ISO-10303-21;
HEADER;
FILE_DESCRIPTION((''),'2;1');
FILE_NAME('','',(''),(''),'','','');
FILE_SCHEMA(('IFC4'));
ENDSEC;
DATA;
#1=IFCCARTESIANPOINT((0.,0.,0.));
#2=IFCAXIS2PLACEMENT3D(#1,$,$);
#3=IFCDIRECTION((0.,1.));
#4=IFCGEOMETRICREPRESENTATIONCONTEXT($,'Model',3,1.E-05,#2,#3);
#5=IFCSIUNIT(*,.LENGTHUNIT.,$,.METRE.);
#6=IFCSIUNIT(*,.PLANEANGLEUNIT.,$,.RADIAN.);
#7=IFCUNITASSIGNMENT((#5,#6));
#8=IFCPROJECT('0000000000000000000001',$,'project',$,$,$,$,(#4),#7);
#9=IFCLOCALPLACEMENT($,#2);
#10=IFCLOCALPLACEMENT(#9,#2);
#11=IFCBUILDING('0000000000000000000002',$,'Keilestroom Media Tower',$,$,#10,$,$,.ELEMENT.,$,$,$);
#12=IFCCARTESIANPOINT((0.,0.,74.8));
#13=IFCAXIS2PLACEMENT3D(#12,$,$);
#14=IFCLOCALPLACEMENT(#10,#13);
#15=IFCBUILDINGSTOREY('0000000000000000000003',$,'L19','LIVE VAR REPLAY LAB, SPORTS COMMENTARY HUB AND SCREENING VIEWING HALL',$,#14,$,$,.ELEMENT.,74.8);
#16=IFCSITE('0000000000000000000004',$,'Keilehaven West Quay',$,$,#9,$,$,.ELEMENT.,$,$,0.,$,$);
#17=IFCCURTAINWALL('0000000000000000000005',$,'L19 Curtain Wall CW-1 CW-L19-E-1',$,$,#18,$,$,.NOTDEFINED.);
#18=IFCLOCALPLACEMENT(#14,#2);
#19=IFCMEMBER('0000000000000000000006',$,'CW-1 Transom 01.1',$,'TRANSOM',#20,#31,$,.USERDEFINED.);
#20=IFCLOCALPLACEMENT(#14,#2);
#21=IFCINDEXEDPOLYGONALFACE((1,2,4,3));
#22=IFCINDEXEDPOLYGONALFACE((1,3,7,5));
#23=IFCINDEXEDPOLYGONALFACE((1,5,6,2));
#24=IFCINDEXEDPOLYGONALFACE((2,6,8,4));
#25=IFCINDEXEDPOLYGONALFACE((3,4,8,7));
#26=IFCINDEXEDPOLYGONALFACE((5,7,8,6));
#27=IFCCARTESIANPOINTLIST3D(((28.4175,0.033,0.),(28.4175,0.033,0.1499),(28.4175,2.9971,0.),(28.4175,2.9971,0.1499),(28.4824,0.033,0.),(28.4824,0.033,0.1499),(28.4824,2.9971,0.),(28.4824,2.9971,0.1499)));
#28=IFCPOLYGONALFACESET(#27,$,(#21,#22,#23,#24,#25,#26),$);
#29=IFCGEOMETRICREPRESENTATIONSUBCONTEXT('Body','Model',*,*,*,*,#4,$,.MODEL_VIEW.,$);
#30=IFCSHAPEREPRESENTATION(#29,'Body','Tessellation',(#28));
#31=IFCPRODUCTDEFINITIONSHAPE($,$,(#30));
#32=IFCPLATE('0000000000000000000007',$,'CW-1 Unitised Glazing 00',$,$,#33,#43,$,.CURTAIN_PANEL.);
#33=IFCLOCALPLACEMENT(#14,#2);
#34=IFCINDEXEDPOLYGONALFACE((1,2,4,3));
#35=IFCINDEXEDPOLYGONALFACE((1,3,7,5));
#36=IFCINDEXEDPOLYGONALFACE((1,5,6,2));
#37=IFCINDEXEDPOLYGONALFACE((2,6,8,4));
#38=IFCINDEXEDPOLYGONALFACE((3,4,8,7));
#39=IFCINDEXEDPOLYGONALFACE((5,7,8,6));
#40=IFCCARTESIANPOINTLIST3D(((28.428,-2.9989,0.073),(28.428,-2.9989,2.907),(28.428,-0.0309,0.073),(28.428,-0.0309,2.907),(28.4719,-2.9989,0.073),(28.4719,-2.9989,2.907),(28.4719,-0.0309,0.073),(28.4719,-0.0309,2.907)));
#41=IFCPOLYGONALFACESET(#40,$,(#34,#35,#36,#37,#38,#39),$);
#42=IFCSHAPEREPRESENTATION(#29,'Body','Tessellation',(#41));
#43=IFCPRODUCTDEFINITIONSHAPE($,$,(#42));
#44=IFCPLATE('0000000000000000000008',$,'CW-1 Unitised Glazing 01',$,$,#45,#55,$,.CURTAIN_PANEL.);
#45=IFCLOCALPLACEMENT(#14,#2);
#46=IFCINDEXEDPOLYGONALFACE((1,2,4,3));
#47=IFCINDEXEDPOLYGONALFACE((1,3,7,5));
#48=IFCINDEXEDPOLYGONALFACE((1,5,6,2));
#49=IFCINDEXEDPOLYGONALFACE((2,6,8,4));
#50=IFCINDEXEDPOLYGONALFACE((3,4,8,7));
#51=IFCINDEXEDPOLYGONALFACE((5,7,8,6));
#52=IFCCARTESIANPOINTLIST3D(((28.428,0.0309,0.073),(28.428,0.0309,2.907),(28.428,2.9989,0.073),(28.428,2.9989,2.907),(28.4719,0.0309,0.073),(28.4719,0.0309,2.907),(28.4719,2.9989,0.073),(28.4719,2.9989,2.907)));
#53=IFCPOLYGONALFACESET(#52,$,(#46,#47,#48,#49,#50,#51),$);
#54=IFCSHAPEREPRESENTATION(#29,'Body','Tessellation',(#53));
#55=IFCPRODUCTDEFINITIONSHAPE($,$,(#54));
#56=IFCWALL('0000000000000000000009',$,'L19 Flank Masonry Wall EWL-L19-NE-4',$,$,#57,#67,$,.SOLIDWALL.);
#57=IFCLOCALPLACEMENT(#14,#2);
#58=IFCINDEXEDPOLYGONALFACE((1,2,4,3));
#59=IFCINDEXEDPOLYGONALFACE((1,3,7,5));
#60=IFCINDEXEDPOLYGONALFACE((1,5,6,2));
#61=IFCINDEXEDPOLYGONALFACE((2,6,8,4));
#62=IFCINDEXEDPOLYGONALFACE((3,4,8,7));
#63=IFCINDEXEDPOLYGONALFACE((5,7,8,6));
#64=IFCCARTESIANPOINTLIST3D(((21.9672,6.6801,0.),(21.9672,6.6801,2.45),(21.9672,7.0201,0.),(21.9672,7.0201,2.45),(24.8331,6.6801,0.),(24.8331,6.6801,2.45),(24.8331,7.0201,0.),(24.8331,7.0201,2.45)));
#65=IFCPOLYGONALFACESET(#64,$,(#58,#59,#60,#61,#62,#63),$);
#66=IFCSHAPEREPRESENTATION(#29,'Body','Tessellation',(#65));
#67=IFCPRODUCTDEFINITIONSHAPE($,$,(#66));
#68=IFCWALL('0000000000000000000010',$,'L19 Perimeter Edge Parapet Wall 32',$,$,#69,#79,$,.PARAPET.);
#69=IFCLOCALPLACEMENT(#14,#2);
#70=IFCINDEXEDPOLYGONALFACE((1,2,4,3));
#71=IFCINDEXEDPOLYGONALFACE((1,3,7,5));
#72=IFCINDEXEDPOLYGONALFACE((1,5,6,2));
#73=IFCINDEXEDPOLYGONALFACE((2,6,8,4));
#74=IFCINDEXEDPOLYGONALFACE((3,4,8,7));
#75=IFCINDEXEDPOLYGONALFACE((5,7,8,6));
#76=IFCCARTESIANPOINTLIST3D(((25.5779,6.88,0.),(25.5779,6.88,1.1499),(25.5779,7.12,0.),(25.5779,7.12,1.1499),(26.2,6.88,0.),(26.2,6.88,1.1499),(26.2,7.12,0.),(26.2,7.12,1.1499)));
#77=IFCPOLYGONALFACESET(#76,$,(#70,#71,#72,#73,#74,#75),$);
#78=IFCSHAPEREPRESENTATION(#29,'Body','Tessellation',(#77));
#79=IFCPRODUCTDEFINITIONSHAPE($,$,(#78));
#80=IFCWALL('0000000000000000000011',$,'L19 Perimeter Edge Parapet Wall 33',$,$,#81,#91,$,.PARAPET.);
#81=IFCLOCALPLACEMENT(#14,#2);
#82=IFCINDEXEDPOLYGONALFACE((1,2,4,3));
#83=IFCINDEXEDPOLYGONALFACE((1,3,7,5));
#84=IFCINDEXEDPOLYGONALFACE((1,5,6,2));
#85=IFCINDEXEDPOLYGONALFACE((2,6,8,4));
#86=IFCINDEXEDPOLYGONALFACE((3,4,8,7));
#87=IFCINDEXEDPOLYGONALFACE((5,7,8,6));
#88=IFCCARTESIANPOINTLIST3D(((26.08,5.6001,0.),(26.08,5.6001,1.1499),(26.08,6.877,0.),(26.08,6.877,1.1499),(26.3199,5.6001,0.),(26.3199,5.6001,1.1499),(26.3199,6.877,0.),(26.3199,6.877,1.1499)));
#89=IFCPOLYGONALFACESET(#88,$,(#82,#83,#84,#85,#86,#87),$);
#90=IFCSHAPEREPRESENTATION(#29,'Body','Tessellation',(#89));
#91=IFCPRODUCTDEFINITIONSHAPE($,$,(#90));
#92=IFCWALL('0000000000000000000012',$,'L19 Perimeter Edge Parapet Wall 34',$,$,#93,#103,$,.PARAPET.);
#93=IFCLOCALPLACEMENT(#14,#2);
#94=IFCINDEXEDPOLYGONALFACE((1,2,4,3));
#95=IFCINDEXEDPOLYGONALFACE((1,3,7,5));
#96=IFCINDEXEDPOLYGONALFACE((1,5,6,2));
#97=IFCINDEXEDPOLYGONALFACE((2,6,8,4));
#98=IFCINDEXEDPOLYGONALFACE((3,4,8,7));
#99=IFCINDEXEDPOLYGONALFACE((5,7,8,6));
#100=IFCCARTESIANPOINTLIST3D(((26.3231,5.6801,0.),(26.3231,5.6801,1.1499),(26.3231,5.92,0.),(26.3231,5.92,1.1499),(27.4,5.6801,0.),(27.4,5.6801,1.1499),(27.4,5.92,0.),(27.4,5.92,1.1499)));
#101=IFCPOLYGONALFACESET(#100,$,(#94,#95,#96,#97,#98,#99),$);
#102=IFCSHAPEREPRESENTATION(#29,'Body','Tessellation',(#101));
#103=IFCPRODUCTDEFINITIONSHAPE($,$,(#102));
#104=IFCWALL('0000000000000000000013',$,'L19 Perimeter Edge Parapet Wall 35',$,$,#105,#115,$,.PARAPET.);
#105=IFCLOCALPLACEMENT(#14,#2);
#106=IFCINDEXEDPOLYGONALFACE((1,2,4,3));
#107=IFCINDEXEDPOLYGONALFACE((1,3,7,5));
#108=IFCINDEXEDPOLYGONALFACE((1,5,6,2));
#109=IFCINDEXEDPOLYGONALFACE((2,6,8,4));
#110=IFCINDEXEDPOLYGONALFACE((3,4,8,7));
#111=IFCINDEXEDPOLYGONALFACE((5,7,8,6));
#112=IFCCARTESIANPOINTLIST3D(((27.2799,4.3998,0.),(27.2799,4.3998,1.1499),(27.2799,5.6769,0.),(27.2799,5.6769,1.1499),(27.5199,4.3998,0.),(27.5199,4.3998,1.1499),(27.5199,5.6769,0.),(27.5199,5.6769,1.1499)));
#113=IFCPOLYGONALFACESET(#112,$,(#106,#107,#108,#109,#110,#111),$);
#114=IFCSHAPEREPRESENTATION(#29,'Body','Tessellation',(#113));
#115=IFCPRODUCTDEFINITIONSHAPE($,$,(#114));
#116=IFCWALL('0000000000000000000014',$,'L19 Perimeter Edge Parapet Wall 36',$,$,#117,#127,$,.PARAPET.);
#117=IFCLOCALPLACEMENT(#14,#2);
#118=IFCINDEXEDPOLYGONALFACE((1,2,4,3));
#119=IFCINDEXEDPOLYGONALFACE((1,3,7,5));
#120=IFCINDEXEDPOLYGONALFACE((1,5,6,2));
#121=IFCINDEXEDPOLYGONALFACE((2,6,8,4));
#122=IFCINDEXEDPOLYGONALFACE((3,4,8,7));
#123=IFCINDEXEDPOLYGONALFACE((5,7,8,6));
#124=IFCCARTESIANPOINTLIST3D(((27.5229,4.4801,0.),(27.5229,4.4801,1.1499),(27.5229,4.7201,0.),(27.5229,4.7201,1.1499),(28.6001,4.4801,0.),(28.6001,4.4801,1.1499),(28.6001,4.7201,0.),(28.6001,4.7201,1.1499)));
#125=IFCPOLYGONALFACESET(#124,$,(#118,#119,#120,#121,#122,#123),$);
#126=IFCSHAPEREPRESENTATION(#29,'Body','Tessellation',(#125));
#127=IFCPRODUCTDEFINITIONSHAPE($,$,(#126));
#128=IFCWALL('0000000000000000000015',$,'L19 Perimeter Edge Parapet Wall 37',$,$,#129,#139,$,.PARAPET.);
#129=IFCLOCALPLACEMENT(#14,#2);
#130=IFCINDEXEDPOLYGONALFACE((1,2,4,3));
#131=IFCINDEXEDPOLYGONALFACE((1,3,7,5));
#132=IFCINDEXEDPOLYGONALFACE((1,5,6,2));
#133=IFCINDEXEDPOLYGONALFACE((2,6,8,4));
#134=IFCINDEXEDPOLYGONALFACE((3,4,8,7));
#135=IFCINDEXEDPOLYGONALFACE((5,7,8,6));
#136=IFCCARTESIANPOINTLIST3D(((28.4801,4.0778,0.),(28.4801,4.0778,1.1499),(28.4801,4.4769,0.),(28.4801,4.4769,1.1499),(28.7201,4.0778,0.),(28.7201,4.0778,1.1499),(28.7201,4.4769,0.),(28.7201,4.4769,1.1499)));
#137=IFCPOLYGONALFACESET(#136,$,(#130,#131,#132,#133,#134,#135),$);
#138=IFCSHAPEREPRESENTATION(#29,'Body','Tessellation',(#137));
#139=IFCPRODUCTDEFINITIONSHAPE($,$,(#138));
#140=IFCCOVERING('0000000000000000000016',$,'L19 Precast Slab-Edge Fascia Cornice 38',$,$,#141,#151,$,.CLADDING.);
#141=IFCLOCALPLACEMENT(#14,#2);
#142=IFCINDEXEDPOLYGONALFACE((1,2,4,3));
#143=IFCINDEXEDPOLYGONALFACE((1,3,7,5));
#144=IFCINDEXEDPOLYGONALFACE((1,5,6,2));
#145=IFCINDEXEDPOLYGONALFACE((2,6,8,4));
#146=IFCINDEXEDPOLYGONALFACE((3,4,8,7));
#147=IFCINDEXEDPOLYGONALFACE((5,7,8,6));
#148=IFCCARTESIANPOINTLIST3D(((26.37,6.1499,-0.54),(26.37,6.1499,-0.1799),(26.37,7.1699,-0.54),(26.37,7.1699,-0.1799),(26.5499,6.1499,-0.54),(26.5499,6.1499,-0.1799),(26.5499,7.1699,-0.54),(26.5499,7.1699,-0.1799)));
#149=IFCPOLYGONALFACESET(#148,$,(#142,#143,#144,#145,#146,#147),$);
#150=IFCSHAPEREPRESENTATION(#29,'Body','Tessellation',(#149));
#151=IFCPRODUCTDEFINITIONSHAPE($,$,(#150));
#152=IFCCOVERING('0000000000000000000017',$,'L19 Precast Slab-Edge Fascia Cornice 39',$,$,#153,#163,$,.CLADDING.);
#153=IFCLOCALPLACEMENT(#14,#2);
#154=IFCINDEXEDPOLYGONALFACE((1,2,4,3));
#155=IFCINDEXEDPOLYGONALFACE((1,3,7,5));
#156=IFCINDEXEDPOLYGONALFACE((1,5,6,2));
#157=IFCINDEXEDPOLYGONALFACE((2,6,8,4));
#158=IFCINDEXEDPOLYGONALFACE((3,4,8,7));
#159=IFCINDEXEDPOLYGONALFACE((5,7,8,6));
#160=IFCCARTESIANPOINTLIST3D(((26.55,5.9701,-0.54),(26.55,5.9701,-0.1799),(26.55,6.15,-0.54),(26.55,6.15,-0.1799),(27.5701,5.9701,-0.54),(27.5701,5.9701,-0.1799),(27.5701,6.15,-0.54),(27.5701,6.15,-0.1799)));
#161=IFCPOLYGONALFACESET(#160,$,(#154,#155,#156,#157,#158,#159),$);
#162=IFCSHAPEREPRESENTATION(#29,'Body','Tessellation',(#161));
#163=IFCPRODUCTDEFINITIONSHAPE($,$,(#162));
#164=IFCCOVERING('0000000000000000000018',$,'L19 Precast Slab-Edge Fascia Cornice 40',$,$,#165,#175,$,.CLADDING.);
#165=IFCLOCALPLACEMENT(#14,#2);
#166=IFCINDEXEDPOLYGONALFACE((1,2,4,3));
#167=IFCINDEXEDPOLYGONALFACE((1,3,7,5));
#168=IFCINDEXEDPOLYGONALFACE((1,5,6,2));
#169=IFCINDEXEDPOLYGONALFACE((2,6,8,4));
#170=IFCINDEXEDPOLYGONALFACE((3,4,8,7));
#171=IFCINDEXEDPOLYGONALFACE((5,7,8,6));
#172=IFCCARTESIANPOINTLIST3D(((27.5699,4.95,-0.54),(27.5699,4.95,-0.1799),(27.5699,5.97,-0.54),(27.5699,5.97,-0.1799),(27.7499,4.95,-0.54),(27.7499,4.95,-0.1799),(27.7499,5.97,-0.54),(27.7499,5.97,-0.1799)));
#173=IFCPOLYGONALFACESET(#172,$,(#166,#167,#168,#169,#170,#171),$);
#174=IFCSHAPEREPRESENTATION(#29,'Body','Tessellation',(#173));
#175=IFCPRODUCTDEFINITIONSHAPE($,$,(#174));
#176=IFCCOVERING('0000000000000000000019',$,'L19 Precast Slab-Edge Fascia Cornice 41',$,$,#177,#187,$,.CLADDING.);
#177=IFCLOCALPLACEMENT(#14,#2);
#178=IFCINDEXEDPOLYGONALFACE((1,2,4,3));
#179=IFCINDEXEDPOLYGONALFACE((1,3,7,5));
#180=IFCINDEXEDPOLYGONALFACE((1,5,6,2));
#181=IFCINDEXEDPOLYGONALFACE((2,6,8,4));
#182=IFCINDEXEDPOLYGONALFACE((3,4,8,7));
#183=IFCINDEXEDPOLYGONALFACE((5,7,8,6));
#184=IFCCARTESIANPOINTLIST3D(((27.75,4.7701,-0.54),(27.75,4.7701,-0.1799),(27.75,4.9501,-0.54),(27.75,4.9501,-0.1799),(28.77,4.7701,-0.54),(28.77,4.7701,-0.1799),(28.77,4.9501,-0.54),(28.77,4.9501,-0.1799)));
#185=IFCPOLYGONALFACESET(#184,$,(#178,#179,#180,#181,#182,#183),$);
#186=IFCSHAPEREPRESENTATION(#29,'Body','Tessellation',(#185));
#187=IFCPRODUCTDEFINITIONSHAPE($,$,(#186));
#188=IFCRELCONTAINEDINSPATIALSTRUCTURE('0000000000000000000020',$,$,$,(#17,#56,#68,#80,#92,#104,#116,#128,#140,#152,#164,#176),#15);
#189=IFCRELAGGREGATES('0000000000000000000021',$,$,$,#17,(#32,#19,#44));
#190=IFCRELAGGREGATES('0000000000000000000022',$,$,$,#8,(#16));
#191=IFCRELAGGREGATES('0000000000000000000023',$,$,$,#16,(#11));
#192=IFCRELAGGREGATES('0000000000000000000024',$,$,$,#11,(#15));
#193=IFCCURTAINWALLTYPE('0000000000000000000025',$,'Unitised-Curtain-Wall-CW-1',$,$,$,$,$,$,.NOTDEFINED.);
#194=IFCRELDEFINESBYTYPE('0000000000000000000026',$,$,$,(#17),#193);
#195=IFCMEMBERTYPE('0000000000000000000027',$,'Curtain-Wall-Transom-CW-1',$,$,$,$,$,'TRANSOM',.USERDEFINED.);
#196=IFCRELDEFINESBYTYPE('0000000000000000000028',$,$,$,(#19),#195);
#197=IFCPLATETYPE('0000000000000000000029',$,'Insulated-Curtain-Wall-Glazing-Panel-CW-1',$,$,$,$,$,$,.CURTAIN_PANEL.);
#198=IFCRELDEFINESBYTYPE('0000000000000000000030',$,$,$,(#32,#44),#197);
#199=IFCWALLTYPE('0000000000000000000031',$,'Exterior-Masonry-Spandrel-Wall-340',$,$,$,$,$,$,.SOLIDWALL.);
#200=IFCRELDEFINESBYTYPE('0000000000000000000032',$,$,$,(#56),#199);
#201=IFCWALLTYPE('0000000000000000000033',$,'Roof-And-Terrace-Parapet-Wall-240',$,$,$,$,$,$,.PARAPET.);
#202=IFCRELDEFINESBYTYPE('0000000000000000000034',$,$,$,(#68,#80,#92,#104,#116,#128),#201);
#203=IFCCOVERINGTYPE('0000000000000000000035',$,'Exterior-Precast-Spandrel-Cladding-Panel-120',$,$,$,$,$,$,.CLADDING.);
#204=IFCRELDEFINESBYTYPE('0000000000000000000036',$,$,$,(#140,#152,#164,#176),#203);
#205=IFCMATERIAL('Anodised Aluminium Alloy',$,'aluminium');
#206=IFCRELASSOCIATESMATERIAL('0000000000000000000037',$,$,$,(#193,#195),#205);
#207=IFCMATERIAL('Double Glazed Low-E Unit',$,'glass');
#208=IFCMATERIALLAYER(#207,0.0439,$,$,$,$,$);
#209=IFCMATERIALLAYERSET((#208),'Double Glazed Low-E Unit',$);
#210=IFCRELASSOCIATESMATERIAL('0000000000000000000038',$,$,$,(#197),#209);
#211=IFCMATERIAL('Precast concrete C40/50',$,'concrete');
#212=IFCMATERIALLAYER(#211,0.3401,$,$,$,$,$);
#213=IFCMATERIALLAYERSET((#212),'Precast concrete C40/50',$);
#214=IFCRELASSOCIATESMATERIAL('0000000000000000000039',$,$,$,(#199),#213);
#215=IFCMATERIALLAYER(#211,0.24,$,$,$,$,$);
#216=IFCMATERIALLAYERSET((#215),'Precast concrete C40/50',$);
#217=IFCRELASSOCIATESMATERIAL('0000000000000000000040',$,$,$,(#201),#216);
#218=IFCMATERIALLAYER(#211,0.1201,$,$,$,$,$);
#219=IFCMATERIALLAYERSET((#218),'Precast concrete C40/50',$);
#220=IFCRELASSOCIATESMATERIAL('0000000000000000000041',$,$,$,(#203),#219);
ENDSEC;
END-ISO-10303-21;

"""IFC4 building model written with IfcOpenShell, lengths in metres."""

from ifc_helpers import new_model, si_unit, direction, frame, frame_2d, origin, origin_2d, place, context, subcontext, project, spatial, rectangle, extrude, source, transform, mapped, material, layer, layer_set, material_profile, profile_set, type_object, element, aggregate, save


model = new_model("IFC4")

# Units and contexts
model_context = context("Model", 3, precision=1e-05, world=origin(), true_north=direction((0.0, 1.0)))
body_context = subcontext(model_context, "Body", "Model", "MODEL_VIEW")
ifc_project = project(units=[si_unit("LENGTHUNIT", "METRE"), si_unit("PLANEANGLEUNIT", "RADIAN")], contexts=[model_context])

# Site, building, storey
site_placement = place(None, origin())
site = spatial("IfcSite", under=ifc_project, at=site_placement, Name="Keilehaven West Quay", CompositionType="ELEMENT", RefElevation=0.0)
building_placement = place(site_placement, origin())
building = spatial("IfcBuilding", under=site, at=building_placement, Name="Keilestroom Media Tower", CompositionType="ELEMENT")
storey_placement = place(building_placement, frame((0.0, 0.0, 74.8)))
storey = spatial("IfcBuildingStorey", under=building, at=storey_placement, Name="L19", Description="LIVE VAR REPLAY LAB, SPORTS COMMENTARY HUB AND SCREENING VIEWING HALL", CompositionType="ELEMENT", Elevation=74.8)

# Shared definitions
ifc_material_1 = material(Name="Precast concrete C40/50", Category="concrete")

# Curtain wall, member, plates
ifc_material_2 = material(Name="Anodised Aluminium Alloy", Category="aluminium")
curtain_wall_type = type_object("IfcCurtainWallType", Name="Unitised-Curtain-Wall-CW-1", PredefinedType="NOTDEFINED", material=ifc_material_2)
curtain_wall_placement = place(storey_placement, origin())
curtain_wall = element("IfcCurtainWall", 1, at=curtain_wall_placement, inside=storey, type_object=curtain_wall_type, Name="L19 Curtain Wall CW-1 CW-L19-E-1", PredefinedType="NOTDEFINED")
ifc_material_profile_1 = material_profile(ifc_material_2, rectangle(XDim=0.0649, YDim=0.1499, at=origin_2d()), Name="ALU TRANSOM 65x150")
ifc_profile_set_1 = profile_set([ifc_material_profile_1], Name="Anodised Aluminium Alloy")
member_type_1 = type_object("IfcMemberType", Name="Curtain-Wall-Transom-CW-1", ElementType="TRANSOM", PredefinedType="USERDEFINED", material=ifc_profile_set_1)
shared_shape_1 = source(origin(), body_context, "Body", "SweptSolid", [
    extrude(rectangle(XDim=0.0649, YDim=0.1499, at=origin_2d()), origin(), (0.0, 0.0, 1.0), 2.9641),
])
member_1_placement = place(storey_placement, frame((28.45, 0.033, 0.075), z_axis=(0.0, 1.0, 0.0), x_axis=(-1.0, 0.0, 0.0)))
member_1 = element("IfcMember", 2, at=member_1_placement, type_object=member_type_1, Name="CW-1 Transom 01.1", ObjectType="TRANSOM", PredefinedType="USERDEFINED", context=body_context, shape_type="MappedRepresentation", body=[
    mapped(shared_shape_1, transform((0.0, 0.0, 0.0), x_axis=(1.0, 0.0, 0.0), y_axis=(0.0, 1.0, 0.0), z_axis=(0.0, 0.0, 1.0), scale=1.0)),
])
ifc_material_3 = material(Name="Double Glazed Low-E Unit", Category="glass")
ifc_layer_1 = layer(ifc_material_3, 0.0439)
ifc_layer_set_1 = layer_set([ifc_layer_1], Name="Double Glazed Low-E Unit")
plate_type = type_object("IfcPlateType", Name="Insulated-Curtain-Wall-Glazing-Panel-CW-1", PredefinedType="CURTAIN_PANEL", material=ifc_layer_set_1)
shared_shape_2 = source(origin(), body_context, "Body", "SweptSolid", [
    extrude(rectangle(XDim=2.968, YDim=0.0439, at=origin_2d()), origin(), (0.0, 0.0, 1.0), 2.834),
])
plate_1_placement = place(storey_placement, frame((28.45, -1.5149, 0.073), z_axis=(0.0, 0.0, 1.0), x_axis=(0.0, 1.0, 0.0)))
plate_1 = element("IfcPlate", 3, at=plate_1_placement, type_object=plate_type, Name="CW-1 Unitised Glazing 00", PredefinedType="CURTAIN_PANEL", context=body_context, shape_type="MappedRepresentation", body=[
    mapped(shared_shape_2, transform((0.0, 0.0, 0.0), x_axis=(1.0, 0.0, 0.0), y_axis=(0.0, 1.0, 0.0), z_axis=(0.0, 0.0, 1.0), scale=1.0)),
])
plate_2_placement = place(storey_placement, frame((28.45, 1.5149, 0.073), z_axis=(0.0, 0.0, 1.0), x_axis=(0.0, 1.0, 0.0)))
plate_2 = element("IfcPlate", 4, at=plate_2_placement, type_object=plate_type, Name="CW-1 Unitised Glazing 01", PredefinedType="CURTAIN_PANEL", context=body_context, shape_type="MappedRepresentation", body=[
    mapped(shared_shape_2, transform((0.0, 0.0, 0.0), x_axis=(1.0, 0.0, 0.0), y_axis=(0.0, 1.0, 0.0), z_axis=(0.0, 0.0, 1.0), scale=1.0)),
])
aggregate(curtain_wall, [plate_1, member_1, plate_2])

# Walls
ifc_layer_2 = layer(ifc_material_1, 0.3401)
ifc_layer_set_2 = layer_set([ifc_layer_2], Name="Precast concrete C40/50")
wall_type_1 = type_object("IfcWallType", Name="Exterior-Masonry-Spandrel-Wall-340", PredefinedType="SOLIDWALL", material=ifc_layer_set_2)
wall_1_placement = place(storey_placement, frame((21.967, 6.8501, 0.0), z_axis=(0.0, 0.0, 1.0), x_axis=(1.0, 0.0, 0.0)))
element("IfcWall", 5, at=wall_1_placement, inside=storey, type_object=wall_type_1, Name="L19 Flank Masonry Wall EWL-L19-NE-4", PredefinedType="SOLIDWALL", context=body_context, shape_type="SweptSolid", body=[
    extrude(rectangle(XDim=2.866, YDim=0.3401, at=frame_2d((1.4331, 0.0))), origin(), (0.0, 0.0, 1.0), 2.45),
])
ifc_layer_3 = layer(ifc_material_1, 0.24)
ifc_layer_set_3 = layer_set([ifc_layer_3], Name="Precast concrete C40/50")
wall_type_2 = type_object("IfcWallType", Name="Roof-And-Terrace-Parapet-Wall-240", PredefinedType="PARAPET", material=ifc_layer_set_3)
wall_2_placement = place(storey_placement, frame((25.5779, 7.0, 0.0), z_axis=(0.0, 0.0, 1.0), x_axis=(1.0, 0.0, 0.0)))
element("IfcWall", 6, at=wall_2_placement, inside=storey, type_object=wall_type_2, Name="L19 Perimeter Edge Parapet Wall 32", PredefinedType="PARAPET", context=body_context, shape_type="SweptSolid", body=[
    extrude(rectangle(XDim=0.6221, YDim=0.24, at=frame_2d((0.311, 0.0))), origin(), (0.0, 0.0, 1.0), 1.1499),
])
wall_3_placement = place(storey_placement, frame((26.2, 6.877, 0.0), z_axis=(0.0, 0.0, 1.0), x_axis=(0.0, -1.0, 0.0)))
element("IfcWall", 7, at=wall_3_placement, inside=storey, type_object=wall_type_2, Name="L19 Perimeter Edge Parapet Wall 33", PredefinedType="PARAPET", context=body_context, shape_type="SweptSolid", body=[
    extrude(rectangle(XDim=1.2769, YDim=0.24, at=frame_2d((0.6384, 0.0))), origin(), (0.0, 0.0, 1.0), 1.1499),
])
wall_4_placement = place(storey_placement, frame((26.323, 5.8, 0.0), z_axis=(0.0, 0.0, 1.0), x_axis=(1.0, 0.0, 0.0)))
element("IfcWall", 8, at=wall_4_placement, inside=storey, type_object=wall_type_2, Name="L19 Perimeter Edge Parapet Wall 34", PredefinedType="PARAPET", context=body_context, shape_type="SweptSolid", body=[
    extrude(rectangle(XDim=1.0769, YDim=0.24, at=frame_2d((0.5386, 0.0))), origin(), (0.0, 0.0, 1.0), 1.1499),
])
wall_5_placement = place(storey_placement, frame((27.3999, 5.677, 0.0), z_axis=(0.0, 0.0, 1.0), x_axis=(0.0, -1.0, 0.0)))
element("IfcWall", 9, at=wall_5_placement, inside=storey, type_object=wall_type_2, Name="L19 Perimeter Edge Parapet Wall 35", PredefinedType="PARAPET", context=body_context, shape_type="SweptSolid", body=[
    extrude(rectangle(XDim=1.2771, YDim=0.24, at=frame_2d((0.6387, 0.0))), origin(), (0.0, 0.0, 1.0), 1.1499),
])
wall_6_placement = place(storey_placement, frame((27.5229, 4.6001, 0.0), z_axis=(0.0, 0.0, 1.0), x_axis=(1.0, 0.0, 0.0)))
element("IfcWall", 10, at=wall_6_placement, inside=storey, type_object=wall_type_2, Name="L19 Perimeter Edge Parapet Wall 36", PredefinedType="PARAPET", context=body_context, shape_type="SweptSolid", body=[
    extrude(rectangle(XDim=1.0771, YDim=0.24, at=frame_2d((0.5386, 0.0))), origin(), (0.0, 0.0, 1.0), 1.1499),
])
wall_7_placement = place(storey_placement, frame((28.6001, 4.4771, 0.0), z_axis=(0.0, 0.0, 1.0), x_axis=(0.0, -1.0, 0.0)))
element("IfcWall", 11, at=wall_7_placement, inside=storey, type_object=wall_type_2, Name="L19 Perimeter Edge Parapet Wall 37", PredefinedType="PARAPET", context=body_context, shape_type="SweptSolid", body=[
    extrude(rectangle(XDim=0.3992, YDim=0.24, at=frame_2d((0.1997, 0.0))), origin(), (0.0, 0.0, 1.0), 1.1499),
])

# Coverings
ifc_layer_4 = layer(ifc_material_1, 0.1201)
ifc_layer_set_4 = layer_set([ifc_layer_4], Name="Precast concrete C40/50")
covering_type = type_object("IfcCoveringType", Name="Exterior-Precast-Spandrel-Cladding-Panel-120", PredefinedType="CLADDING", material=ifc_layer_set_4)
shared_shape_3 = source(origin(), body_context, "Body", "SweptSolid", [
    extrude(rectangle(XDim=1.02, YDim=0.1799, at=origin_2d()), origin(), (0.0, 0.0, 1.0), 0.3601),
])
for number, where, z_axis, x_axis, name in (
    (12, (26.46, 6.6599, -0.54), (0.0, 0.0, 1.0), (0.0, -1.0, 0.0), "L19 Precast Slab-Edge Fascia Cornice 38"),
    (13, (27.0601, 6.0601, -0.54), (0.0, 0.0, 1.0), (1.0, 0.0, 0.0), "L19 Precast Slab-Edge Fascia Cornice 39"),
    (14, (27.6599, 5.46, -0.54), (0.0, 0.0, 1.0), (0.0, -1.0, 0.0), "L19 Precast Slab-Edge Fascia Cornice 40"),
    (15, (28.26, 4.8601, -0.54), (0.0, 0.0, 1.0), (1.0, 0.0, 0.0), "L19 Precast Slab-Edge Fascia Cornice 41"),
):
    element("IfcCovering", number, at=place(storey_placement, frame(where, z_axis=z_axis, x_axis=x_axis)), inside=storey, type_object=covering_type, Name=name, PredefinedType="CLADDING", context=body_context, shape_type="MappedRepresentation", body=[
        mapped(shared_shape_3, transform((0.0, 0.0, 0.0), x_axis=(1.0, 0.0, 0.0), y_axis=(0.0, 1.0, 0.0), z_axis=(0.0, 0.0, 1.0), scale=1.0)),
    ])

save(model, "model.ifc")
